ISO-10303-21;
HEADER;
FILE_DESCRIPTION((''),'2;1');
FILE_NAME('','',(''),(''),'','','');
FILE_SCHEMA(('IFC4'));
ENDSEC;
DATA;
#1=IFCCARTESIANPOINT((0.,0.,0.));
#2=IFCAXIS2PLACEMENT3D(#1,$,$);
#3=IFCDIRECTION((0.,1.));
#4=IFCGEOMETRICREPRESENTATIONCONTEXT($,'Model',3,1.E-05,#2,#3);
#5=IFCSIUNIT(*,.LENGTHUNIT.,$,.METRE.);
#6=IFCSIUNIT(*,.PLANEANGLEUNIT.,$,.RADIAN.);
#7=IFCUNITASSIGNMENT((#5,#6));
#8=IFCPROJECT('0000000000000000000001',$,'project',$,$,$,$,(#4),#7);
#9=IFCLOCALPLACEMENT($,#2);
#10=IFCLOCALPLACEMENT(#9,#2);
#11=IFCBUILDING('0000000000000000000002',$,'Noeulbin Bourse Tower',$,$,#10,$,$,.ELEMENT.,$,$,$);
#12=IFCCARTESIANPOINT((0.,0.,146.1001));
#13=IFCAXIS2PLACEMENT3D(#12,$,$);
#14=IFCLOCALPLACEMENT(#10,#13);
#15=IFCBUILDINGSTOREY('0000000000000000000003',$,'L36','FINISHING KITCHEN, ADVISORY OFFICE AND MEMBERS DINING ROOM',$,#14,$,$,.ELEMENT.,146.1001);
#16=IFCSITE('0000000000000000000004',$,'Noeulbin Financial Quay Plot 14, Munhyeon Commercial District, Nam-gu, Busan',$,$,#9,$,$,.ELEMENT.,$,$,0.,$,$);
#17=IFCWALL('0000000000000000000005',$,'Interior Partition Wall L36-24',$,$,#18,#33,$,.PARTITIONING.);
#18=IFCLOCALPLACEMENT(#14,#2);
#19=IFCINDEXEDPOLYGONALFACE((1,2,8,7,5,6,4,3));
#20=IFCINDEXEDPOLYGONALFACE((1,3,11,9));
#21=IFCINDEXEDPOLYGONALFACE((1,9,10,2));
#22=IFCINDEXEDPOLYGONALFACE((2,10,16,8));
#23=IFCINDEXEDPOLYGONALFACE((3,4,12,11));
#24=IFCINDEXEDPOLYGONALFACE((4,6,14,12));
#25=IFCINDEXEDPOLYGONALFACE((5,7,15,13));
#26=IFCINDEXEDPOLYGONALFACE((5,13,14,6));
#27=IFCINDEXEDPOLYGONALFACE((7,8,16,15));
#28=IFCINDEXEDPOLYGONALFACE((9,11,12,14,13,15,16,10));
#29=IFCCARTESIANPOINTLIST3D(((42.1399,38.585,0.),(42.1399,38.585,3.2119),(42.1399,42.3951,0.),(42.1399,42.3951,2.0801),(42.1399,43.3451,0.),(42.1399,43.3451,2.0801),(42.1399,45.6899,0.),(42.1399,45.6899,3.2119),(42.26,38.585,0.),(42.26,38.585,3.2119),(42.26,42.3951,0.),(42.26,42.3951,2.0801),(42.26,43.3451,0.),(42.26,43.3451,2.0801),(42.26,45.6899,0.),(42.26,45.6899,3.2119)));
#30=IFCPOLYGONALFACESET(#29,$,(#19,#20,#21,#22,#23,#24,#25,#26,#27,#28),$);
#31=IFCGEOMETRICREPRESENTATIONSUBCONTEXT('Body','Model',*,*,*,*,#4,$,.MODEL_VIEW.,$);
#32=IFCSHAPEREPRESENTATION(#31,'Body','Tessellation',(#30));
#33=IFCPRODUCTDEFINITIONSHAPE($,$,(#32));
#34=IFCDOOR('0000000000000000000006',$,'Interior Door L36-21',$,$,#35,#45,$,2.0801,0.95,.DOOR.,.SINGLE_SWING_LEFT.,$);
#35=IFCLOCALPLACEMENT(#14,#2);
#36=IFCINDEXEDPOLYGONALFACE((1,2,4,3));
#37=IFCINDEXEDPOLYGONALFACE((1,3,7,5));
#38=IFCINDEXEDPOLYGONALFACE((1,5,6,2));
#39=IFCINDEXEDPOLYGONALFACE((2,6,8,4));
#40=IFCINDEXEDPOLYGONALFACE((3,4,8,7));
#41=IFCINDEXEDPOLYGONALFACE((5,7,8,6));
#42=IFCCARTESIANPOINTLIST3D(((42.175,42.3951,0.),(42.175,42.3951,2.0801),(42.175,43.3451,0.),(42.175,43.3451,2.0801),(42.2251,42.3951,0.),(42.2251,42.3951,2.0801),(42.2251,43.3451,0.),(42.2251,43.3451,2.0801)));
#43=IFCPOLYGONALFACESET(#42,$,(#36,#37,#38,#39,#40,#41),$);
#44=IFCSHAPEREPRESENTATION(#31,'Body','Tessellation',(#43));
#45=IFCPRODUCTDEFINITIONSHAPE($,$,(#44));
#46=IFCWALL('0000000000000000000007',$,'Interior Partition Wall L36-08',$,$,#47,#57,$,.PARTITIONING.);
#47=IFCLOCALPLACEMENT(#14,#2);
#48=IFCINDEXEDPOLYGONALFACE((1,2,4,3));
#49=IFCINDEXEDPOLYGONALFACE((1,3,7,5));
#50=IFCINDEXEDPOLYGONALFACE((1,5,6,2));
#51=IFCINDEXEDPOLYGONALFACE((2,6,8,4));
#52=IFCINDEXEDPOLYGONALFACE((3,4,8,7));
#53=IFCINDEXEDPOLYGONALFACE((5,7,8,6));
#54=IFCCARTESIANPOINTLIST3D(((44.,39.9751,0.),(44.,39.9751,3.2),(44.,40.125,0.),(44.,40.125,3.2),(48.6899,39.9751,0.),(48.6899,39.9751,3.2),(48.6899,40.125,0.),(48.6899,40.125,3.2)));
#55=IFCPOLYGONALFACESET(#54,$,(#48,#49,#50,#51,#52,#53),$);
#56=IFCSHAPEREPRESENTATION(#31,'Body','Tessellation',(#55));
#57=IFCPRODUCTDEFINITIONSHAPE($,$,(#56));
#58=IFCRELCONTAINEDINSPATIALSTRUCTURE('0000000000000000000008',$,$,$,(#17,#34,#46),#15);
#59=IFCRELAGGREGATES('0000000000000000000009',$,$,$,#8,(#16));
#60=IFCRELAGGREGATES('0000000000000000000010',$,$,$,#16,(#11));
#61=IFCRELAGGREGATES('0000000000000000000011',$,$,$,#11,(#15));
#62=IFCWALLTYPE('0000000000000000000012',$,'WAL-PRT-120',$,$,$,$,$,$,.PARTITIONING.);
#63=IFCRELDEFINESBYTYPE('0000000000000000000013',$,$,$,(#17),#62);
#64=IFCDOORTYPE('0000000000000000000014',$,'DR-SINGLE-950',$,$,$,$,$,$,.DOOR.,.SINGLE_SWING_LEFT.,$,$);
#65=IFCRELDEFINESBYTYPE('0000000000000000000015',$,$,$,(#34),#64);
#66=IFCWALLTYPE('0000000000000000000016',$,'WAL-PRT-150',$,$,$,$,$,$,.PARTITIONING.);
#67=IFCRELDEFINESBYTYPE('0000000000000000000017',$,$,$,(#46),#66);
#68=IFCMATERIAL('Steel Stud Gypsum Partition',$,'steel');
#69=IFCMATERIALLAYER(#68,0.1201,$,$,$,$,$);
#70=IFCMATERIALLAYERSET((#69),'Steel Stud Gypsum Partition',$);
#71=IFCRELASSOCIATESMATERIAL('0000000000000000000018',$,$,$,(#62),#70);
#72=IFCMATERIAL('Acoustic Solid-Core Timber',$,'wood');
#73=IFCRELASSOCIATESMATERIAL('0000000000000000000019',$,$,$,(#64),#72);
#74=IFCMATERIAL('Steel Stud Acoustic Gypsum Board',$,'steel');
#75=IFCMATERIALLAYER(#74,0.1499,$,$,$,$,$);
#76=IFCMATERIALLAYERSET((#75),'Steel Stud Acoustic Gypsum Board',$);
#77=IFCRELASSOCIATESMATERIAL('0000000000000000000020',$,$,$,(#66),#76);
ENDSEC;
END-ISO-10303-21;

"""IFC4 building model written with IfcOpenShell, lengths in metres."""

from ifc_helpers import new_model, si_unit, direction, frame, frame_2d, origin, place, context, subcontext, project, spatial, rectangle, extrude, material, layer, layer_set, type_object, element, fill, save


model = new_model("IFC4")

# Units and contexts
model_context = context("Model", 3, precision=1e-05, world=origin(), true_north=direction((0.0, 1.0)))
body_context = subcontext(model_context, "Body", "Model", "MODEL_VIEW")
ifc_project = project(units=[si_unit("LENGTHUNIT", "METRE"), si_unit("PLANEANGLEUNIT", "RADIAN")], contexts=[model_context])

# Site, building, storey
site_placement = place(None, origin())
site = spatial("IfcSite", under=ifc_project, at=site_placement, Name="Noeulbin Financial Quay Plot 14, Munhyeon Commercial District, Nam-gu, Busan", CompositionType="ELEMENT", RefElevation=0.0)
building_placement = place(site_placement, origin())
building = spatial("IfcBuilding", under=site, at=building_placement, Name="Noeulbin Bourse Tower", CompositionType="ELEMENT")
storey_placement = place(building_placement, frame((0.0, 0.0, 146.1001)))
storey = spatial("IfcBuildingStorey", under=building, at=storey_placement, Name="L36", Description="FINISHING KITCHEN, ADVISORY OFFICE AND MEMBERS DINING ROOM", CompositionType="ELEMENT", Elevation=146.1001)

# Wall, opening, door
ifc_material_1 = material(Name="Steel Stud Gypsum Partition", Category="steel")
ifc_layer_1 = layer(ifc_material_1, 0.1201)
ifc_layer_set_1 = layer_set([ifc_layer_1], Name="Steel Stud Gypsum Partition")
wall_type_1 = type_object("IfcWallType", Name="WAL-PRT-120", PredefinedType="PARTITIONING", material=ifc_layer_set_1)
wall_1_placement = place(storey_placement, frame((42.2, 38.585, 0.0), z_axis=(0.0, 0.0, 1.0), x_axis=(0.0, 1.0, 0.0)))
wall_1 = element("IfcWall", 1, at=wall_1_placement, inside=storey, type_object=wall_type_1, Name="Interior Partition Wall L36-24", PredefinedType="PARTITIONING", context=body_context, shape_type="SweptSolid", body=[
    extrude(rectangle(XDim=7.105, YDim=0.1201, at=frame_2d((3.5525, 0.0))), origin(), (0.0, 0.0, 1.0), 3.2119),
])
opening_placement = place(wall_1_placement, frame((3.8101, 0.0, 0.0)))
opening = element("IfcOpeningElement", 2, at=opening_placement, cuts=wall_1, PredefinedType="OPENING", context=body_context, shape_type="SweptSolid", body=[
    extrude(rectangle(XDim=0.95, YDim=2.0801, at=frame_2d((0.4751, 1.04))), frame((0.0, 0.0701, 0.0), z_axis=(0.0, -1.0, 0.0), x_axis=(1.0, 0.0, 0.0)), (0.0, 0.0, 1.0), 0.1401),
])
ifc_material_2 = material(Name="Acoustic Solid-Core Timber", Category="wood")
door_type = type_object("IfcDoorType", Name="DR-SINGLE-950", OperationType="SINGLE_SWING_LEFT", PredefinedType="DOOR", material=ifc_material_2)
door_placement = place(opening_placement, origin())
door = element("IfcDoor", 3, at=door_placement, inside=storey, type_object=door_type, Name="Interior Door L36-21", OperationType="SINGLE_SWING_LEFT", OverallHeight=2.0801, OverallWidth=0.95, PredefinedType="DOOR", context=body_context, shape_type="SweptSolid", body=[
    extrude(rectangle(XDim=0.95, YDim=2.0801, at=frame_2d((0.4751, 1.04))), frame((0.0, 0.0249, 0.0), z_axis=(0.0, -1.0, 0.0), x_axis=(1.0, 0.0, 0.0)), (0.0, 0.0, 1.0), 0.05),
])
fill(opening, door)

# Wall
ifc_material_3 = material(Name="Steel Stud Acoustic Gypsum Board", Category="steel")
ifc_layer_2 = layer(ifc_material_3, 0.1499)
ifc_layer_set_2 = layer_set([ifc_layer_2], Name="Steel Stud Acoustic Gypsum Board")
wall_type_2 = type_object("IfcWallType", Name="WAL-PRT-150", PredefinedType="PARTITIONING", material=ifc_layer_set_2)
wall_2_placement = place(storey_placement, frame((44.0, 40.05, 0.0), z_axis=(0.0, 0.0, 1.0), x_axis=(1.0, 0.0, 0.0)))
element("IfcWall", 4, at=wall_2_placement, inside=storey, type_object=wall_type_2, Name="Interior Partition Wall L36-08", PredefinedType="PARTITIONING", context=body_context, shape_type="SweptSolid", body=[
    extrude(rectangle(XDim=4.6899, YDim=0.1499, at=frame_2d((2.345, 0.0))), origin(), (0.0, 0.0, 1.0), 3.2),
])

save(model, "model.ifc")
